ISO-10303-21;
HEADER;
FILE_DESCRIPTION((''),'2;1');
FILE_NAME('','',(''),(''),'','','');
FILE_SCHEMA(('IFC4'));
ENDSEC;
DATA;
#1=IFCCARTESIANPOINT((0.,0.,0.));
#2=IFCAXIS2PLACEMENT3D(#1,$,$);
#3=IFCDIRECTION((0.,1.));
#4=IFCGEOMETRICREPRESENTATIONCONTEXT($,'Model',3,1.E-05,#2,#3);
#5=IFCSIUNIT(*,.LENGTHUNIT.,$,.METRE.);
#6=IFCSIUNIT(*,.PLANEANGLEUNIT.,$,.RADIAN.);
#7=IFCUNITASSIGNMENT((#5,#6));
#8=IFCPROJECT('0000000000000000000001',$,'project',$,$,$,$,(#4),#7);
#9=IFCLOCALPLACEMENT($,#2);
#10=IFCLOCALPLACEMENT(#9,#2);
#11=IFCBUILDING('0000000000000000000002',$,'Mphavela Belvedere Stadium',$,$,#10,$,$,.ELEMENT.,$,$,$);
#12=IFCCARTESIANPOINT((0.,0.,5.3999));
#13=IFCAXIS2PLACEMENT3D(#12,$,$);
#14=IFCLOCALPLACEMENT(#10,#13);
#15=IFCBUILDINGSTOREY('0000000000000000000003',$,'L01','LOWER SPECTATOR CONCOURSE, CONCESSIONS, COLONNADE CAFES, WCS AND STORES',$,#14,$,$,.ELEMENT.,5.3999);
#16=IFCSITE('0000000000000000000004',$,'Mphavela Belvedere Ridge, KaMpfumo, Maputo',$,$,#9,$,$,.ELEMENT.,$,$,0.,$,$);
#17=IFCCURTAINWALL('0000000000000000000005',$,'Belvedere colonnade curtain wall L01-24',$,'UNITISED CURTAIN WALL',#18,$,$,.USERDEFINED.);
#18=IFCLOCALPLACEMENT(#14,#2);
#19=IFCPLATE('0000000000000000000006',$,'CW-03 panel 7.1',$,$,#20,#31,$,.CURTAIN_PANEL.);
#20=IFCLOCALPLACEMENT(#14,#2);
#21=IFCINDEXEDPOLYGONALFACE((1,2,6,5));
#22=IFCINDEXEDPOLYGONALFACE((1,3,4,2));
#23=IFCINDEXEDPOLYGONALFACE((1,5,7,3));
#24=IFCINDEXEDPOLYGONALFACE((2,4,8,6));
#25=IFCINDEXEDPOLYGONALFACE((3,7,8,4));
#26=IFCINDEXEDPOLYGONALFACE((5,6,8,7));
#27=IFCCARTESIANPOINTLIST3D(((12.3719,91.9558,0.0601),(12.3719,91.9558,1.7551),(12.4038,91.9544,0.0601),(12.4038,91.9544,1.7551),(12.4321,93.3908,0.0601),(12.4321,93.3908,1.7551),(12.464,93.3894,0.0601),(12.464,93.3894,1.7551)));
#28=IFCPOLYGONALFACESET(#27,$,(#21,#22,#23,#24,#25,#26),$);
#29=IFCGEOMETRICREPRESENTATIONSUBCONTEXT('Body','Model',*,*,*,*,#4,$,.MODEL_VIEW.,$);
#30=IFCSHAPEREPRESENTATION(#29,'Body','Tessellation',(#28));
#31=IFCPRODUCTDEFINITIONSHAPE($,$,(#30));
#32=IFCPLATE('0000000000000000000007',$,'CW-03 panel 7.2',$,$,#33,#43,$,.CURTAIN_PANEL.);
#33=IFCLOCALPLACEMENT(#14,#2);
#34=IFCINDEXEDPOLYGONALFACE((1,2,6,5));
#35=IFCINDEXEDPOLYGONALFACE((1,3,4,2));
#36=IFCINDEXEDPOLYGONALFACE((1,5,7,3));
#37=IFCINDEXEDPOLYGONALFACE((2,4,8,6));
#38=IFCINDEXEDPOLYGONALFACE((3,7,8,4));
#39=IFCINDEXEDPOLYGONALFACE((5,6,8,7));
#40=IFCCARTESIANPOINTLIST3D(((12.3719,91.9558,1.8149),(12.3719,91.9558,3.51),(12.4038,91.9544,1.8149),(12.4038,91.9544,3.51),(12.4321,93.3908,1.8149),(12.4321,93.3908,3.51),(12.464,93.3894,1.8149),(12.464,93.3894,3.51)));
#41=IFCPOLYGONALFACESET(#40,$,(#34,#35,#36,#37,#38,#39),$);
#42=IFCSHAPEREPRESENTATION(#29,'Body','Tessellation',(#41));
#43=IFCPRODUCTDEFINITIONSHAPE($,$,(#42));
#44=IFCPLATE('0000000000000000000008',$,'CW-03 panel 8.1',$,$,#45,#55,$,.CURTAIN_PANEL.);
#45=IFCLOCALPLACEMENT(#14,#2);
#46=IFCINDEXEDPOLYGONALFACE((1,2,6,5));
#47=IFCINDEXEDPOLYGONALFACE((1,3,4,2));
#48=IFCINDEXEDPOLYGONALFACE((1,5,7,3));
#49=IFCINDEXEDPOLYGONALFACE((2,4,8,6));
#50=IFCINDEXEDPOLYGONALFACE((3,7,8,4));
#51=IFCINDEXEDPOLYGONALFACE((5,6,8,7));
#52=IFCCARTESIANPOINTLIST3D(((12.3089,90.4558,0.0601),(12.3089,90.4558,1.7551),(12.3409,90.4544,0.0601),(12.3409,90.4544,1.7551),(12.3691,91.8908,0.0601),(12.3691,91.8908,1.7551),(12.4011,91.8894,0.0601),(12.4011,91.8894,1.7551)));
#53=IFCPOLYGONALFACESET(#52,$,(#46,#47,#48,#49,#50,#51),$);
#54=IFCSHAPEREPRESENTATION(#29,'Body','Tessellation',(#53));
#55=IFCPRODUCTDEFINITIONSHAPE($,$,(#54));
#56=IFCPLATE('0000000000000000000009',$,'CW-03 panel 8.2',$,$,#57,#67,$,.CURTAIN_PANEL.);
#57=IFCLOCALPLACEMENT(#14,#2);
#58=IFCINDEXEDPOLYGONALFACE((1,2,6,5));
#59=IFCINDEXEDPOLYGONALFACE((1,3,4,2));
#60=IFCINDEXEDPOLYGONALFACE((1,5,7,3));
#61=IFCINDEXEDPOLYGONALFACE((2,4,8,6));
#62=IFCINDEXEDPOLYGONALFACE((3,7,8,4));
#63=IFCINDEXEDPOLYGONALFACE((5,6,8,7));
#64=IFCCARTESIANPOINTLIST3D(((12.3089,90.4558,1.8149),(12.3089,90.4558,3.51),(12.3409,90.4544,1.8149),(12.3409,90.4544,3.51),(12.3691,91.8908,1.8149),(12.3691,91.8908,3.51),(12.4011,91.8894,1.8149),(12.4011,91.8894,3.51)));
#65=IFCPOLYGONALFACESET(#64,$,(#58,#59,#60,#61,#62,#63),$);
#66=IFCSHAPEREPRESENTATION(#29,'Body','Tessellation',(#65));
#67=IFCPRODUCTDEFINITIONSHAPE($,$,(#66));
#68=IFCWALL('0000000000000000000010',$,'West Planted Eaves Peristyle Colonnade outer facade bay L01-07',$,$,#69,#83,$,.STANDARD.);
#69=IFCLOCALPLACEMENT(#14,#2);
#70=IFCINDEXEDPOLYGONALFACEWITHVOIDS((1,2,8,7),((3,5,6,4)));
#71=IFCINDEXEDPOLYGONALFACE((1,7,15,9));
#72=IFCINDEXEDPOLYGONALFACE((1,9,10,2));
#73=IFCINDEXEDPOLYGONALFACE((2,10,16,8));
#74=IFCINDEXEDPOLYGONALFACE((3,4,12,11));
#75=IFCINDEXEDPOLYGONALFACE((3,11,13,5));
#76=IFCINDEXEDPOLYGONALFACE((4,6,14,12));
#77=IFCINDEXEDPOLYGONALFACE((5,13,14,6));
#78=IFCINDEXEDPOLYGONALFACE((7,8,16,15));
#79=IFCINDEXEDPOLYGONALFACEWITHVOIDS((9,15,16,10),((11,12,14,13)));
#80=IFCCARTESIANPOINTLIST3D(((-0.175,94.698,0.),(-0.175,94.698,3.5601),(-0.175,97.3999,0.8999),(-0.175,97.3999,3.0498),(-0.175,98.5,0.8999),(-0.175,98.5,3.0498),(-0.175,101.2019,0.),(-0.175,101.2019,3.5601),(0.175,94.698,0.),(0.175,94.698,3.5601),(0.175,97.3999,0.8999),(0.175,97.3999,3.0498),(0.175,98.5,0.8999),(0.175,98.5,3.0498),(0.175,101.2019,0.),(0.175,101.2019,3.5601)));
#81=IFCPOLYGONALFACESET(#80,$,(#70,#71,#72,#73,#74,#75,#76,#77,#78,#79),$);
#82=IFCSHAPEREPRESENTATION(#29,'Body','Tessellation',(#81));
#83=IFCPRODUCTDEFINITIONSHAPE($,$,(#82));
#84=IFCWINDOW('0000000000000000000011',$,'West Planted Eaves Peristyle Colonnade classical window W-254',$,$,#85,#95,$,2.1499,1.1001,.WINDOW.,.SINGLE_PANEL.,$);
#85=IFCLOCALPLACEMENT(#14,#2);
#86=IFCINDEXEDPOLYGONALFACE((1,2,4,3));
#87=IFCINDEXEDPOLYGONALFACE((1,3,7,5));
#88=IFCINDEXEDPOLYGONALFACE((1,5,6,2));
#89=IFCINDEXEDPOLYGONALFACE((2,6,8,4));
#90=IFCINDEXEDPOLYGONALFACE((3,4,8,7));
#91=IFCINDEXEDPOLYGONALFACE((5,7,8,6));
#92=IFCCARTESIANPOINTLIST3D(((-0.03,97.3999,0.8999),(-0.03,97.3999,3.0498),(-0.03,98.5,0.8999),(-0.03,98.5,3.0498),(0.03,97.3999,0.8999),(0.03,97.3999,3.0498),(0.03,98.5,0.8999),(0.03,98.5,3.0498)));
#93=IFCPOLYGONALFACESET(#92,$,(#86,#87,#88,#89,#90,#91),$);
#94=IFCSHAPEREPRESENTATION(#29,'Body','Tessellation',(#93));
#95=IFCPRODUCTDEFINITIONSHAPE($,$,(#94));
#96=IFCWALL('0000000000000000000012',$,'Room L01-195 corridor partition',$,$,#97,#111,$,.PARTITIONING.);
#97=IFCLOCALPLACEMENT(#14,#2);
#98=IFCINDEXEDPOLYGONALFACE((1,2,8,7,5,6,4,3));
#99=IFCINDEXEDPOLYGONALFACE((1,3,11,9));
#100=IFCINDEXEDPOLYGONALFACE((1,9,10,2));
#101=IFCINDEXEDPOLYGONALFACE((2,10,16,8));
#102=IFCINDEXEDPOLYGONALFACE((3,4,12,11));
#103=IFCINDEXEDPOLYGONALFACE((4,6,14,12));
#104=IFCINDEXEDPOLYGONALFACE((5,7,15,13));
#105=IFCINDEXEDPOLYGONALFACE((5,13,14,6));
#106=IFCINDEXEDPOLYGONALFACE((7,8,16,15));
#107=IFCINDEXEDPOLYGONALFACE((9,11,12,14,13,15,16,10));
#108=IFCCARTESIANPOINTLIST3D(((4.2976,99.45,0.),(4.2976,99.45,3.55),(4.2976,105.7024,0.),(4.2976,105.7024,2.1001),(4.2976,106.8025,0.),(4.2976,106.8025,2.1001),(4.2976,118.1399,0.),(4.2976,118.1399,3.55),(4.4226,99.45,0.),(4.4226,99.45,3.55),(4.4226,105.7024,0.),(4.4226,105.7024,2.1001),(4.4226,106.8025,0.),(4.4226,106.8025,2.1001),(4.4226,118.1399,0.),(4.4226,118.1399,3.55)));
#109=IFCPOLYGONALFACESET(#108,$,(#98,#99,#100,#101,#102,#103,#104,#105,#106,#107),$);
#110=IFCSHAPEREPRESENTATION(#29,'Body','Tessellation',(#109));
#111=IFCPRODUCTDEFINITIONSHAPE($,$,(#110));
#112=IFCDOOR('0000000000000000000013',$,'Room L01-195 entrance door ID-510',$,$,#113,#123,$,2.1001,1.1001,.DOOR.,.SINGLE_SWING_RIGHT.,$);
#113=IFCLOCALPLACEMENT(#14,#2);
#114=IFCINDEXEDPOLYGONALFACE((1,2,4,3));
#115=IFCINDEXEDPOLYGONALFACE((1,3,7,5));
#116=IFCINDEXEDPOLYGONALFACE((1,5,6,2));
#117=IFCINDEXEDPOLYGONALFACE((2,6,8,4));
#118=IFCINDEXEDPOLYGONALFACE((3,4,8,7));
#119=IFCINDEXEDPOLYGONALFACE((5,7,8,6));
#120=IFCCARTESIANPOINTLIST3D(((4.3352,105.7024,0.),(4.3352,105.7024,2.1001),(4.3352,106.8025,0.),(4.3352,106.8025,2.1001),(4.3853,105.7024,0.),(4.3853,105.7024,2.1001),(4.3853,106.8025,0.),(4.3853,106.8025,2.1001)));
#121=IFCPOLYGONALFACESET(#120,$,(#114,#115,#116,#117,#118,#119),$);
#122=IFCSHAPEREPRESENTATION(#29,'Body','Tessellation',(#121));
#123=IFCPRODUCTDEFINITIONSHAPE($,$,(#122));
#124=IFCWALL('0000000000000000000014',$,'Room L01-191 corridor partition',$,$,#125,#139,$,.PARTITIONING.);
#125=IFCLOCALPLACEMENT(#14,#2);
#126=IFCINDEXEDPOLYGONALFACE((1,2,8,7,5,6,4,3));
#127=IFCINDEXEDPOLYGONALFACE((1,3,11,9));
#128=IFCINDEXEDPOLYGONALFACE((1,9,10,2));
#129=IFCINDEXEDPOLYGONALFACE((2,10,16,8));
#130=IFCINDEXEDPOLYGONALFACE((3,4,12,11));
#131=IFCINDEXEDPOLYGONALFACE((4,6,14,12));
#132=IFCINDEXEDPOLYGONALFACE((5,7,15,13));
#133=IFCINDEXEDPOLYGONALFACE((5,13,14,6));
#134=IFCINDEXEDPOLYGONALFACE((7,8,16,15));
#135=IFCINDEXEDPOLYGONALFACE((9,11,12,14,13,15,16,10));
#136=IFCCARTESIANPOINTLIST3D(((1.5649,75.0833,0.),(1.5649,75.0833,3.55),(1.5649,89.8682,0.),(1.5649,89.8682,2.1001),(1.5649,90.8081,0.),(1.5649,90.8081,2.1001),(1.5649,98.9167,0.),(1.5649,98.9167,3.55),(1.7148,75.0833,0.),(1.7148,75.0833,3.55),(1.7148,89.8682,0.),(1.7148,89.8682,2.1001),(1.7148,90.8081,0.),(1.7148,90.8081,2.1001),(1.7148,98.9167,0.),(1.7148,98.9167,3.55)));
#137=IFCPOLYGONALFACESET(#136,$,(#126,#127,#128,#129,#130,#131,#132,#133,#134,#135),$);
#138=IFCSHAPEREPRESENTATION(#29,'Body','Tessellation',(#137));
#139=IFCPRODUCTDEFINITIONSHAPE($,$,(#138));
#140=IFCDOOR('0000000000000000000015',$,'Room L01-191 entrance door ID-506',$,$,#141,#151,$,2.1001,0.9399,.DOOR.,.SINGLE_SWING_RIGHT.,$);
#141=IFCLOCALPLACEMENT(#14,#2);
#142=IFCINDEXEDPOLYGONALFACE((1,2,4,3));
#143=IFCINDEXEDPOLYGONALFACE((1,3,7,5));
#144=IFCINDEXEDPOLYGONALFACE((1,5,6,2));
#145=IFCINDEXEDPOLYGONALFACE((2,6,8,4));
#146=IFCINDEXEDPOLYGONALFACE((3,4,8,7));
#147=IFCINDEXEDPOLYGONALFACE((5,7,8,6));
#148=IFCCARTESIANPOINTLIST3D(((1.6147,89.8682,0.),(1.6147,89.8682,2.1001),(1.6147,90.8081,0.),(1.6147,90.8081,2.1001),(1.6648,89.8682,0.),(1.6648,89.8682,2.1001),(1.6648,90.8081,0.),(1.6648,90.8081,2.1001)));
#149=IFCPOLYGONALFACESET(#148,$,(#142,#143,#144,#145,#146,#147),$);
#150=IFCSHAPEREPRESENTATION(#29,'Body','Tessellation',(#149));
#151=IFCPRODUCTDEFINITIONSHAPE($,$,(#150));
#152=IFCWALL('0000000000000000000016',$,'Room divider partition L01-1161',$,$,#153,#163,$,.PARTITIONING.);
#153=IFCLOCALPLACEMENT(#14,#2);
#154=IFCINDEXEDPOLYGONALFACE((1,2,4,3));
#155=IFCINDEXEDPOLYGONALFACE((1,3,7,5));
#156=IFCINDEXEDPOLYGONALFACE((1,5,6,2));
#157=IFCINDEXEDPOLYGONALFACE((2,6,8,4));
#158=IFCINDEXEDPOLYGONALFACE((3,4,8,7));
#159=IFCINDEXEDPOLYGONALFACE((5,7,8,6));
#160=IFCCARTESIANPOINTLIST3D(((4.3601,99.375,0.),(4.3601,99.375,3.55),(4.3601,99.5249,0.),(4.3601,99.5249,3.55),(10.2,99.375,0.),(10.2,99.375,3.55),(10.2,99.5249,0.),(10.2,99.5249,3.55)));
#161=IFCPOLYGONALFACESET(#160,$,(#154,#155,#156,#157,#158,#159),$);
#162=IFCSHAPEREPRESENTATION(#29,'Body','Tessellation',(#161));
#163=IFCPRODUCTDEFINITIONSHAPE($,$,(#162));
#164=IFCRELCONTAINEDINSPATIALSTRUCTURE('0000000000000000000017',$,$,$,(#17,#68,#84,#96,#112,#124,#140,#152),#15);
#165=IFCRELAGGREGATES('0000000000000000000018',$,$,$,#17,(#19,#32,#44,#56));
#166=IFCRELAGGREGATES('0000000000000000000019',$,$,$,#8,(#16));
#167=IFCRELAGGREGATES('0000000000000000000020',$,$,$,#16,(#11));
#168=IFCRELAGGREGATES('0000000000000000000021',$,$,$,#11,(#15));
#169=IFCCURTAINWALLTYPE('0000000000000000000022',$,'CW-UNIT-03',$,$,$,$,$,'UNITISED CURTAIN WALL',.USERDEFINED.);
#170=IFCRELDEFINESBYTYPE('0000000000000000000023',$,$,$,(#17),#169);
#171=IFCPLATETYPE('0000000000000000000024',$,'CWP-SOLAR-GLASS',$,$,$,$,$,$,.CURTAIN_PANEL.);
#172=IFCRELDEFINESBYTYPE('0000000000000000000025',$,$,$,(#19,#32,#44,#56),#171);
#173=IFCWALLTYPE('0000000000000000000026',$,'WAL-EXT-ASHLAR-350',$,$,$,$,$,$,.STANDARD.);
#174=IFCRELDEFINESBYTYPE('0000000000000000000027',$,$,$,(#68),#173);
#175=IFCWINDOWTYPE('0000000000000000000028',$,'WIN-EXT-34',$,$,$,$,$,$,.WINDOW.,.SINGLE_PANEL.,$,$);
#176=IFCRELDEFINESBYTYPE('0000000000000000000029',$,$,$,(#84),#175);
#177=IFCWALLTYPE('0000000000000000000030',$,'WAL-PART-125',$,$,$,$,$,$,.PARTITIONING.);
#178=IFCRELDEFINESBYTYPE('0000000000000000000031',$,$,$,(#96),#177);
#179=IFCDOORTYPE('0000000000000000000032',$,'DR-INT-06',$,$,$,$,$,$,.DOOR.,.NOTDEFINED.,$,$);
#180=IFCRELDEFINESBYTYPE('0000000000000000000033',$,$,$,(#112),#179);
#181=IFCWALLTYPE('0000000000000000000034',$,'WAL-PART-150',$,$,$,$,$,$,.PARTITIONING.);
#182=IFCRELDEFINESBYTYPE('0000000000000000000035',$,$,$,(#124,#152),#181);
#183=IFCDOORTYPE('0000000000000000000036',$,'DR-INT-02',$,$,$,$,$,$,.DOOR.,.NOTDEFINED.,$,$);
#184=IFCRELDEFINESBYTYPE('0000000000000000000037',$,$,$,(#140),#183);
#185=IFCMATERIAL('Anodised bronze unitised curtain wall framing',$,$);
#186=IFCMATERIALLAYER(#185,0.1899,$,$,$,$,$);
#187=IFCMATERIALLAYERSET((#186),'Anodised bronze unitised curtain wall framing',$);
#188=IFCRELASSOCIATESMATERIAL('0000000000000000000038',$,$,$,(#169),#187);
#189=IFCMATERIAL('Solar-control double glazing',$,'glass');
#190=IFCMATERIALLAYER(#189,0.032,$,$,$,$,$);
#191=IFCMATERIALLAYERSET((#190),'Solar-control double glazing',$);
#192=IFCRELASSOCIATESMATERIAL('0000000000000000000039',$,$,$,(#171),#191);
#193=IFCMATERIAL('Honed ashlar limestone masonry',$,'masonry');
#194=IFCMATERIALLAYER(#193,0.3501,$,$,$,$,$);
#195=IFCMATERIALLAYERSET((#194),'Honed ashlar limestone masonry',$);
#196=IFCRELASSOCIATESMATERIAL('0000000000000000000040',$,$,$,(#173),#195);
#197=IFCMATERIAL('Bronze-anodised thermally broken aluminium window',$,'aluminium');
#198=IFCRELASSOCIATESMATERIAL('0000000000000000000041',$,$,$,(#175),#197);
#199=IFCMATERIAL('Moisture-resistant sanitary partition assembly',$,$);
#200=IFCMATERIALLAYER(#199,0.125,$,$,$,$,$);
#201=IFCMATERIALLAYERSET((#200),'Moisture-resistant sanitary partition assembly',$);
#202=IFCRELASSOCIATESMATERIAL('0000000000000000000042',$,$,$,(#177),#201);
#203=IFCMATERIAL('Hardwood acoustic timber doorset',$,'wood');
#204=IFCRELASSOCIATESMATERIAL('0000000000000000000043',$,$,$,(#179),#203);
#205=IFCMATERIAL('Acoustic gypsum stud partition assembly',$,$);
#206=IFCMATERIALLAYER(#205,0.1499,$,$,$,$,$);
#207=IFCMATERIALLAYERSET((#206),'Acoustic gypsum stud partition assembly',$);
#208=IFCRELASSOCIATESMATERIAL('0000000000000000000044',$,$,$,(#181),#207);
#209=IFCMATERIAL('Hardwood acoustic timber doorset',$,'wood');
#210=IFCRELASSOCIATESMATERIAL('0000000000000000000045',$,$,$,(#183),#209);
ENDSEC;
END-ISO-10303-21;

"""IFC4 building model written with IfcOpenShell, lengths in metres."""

from ifc_helpers import new_model, si_unit, direction, frame, frame_2d, origin, origin_2d, place, context, subcontext, project, spatial, rectangle, extrude, material, layer, layer_set, type_object, element, fill, aggregate, save


model = new_model("IFC4")

# Units and contexts
model_context = context("Model", 3, precision=1e-05, world=origin(), true_north=direction((0.0, 1.0)))
body_context = subcontext(model_context, "Body", "Model", "MODEL_VIEW")
ifc_project = project(units=[si_unit("LENGTHUNIT", "METRE"), si_unit("PLANEANGLEUNIT", "RADIAN")], contexts=[model_context])

# Site, building, storey
site_placement = place(None, origin())
site = spatial("IfcSite", under=ifc_project, at=site_placement, Name="Mphavela Belvedere Ridge, KaMpfumo, Maputo", CompositionType="ELEMENT", RefElevation=0.0)
building_placement = place(site_placement, origin())
building = spatial("IfcBuilding", under=site, at=building_placement, Name="Mphavela Belvedere Stadium", CompositionType="ELEMENT")
storey_placement = place(building_placement, frame((0.0, 0.0, 5.3999)))
storey = spatial("IfcBuildingStorey", under=building, at=storey_placement, Name="L01", Description="LOWER SPECTATOR CONCOURSE, CONCESSIONS, COLONNADE CAFES, WCS AND STORES", CompositionType="ELEMENT", Elevation=5.3999)

# Curtain wall, plates
ifc_material_1 = material(Name="Anodised bronze unitised curtain wall framing")
ifc_layer_1 = layer(ifc_material_1, 0.1899)
ifc_layer_set_1 = layer_set([ifc_layer_1], Name="Anodised bronze unitised curtain wall framing")
curtain_wall_type = type_object("IfcCurtainWallType", Name="CW-UNIT-03", ElementType="UNITISED CURTAIN WALL", PredefinedType="USERDEFINED", material=ifc_layer_set_1)
curtain_wall_placement = place(storey_placement, origin())
curtain_wall = element("IfcCurtainWall", 1, at=curtain_wall_placement, inside=storey, type_object=curtain_wall_type, Name="Belvedere colonnade curtain wall L01-24", ObjectType="UNITISED CURTAIN WALL", PredefinedType="USERDEFINED")
ifc_material_2 = material(Name="Solar-control double glazing", Category="glass")
ifc_layer_2 = layer(ifc_material_2, 0.032)
ifc_layer_set_2 = layer_set([ifc_layer_2], Name="Solar-control double glazing")
plate_type = type_object("IfcPlateType", Name="CWP-SOLAR-GLASS", PredefinedType="CURTAIN_PANEL", material=ifc_layer_set_2)
plate_1_placement = place(storey_placement, frame((12.418, 92.6726, 0.0601), z_axis=(0.0, 0.0, 1.0), x_axis=(-0.04191, -0.999121, 0.0)))
plate_1 = element("IfcPlate", 2, at=plate_1_placement, type_object=plate_type, Name="CW-03 panel 7.1", PredefinedType="CURTAIN_PANEL", context=body_context, shape_type="SweptSolid", body=[
    extrude(rectangle(XDim=1.4363, YDim=0.032, at=origin_2d()), origin(), (0.0, 0.0, 1.0), 1.6951),
])
plate_2_placement = place(storey_placement, frame((12.418, 92.6726, 1.8149), z_axis=(0.0, 0.0, 1.0), x_axis=(-0.04191, -0.999121, 0.0)))
plate_2 = element("IfcPlate", 3, at=plate_2_placement, type_object=plate_type, Name="CW-03 panel 7.2", PredefinedType="CURTAIN_PANEL", context=body_context, shape_type="SweptSolid", body=[
    extrude(rectangle(XDim=1.4363, YDim=0.032, at=origin_2d()), origin(), (0.0, 0.0, 1.0), 1.6951),
])
plate_3_placement = place(storey_placement, frame((12.355, 91.1726, 0.0601), z_axis=(0.0, 0.0, 1.0), x_axis=(-0.04191, -0.999121, 0.0)))
plate_3 = element("IfcPlate", 4, at=plate_3_placement, type_object=plate_type, Name="CW-03 panel 8.1", PredefinedType="CURTAIN_PANEL", context=body_context, shape_type="SweptSolid", body=[
    extrude(rectangle(XDim=1.4363, YDim=0.032, at=origin_2d()), origin(), (0.0, 0.0, 1.0), 1.6951),
])
plate_4_placement = place(storey_placement, frame((12.355, 91.1726, 1.8149), z_axis=(0.0, 0.0, 1.0), x_axis=(-0.04191, -0.999121, 0.0)))
plate_4 = element("IfcPlate", 5, at=plate_4_placement, type_object=plate_type, Name="CW-03 panel 8.2", PredefinedType="CURTAIN_PANEL", context=body_context, shape_type="SweptSolid", body=[
    extrude(rectangle(XDim=1.4363, YDim=0.032, at=origin_2d()), origin(), (0.0, 0.0, 1.0), 1.6951),
])
aggregate(curtain_wall, [plate_1, plate_2, plate_3, plate_4])

# Wall, opening, window
ifc_material_3 = material(Name="Honed ashlar limestone masonry", Category="masonry")
ifc_layer_3 = layer(ifc_material_3, 0.3501)
ifc_layer_set_3 = layer_set([ifc_layer_3], Name="Honed ashlar limestone masonry")
wall_type_1 = type_object("IfcWallType", Name="WAL-EXT-ASHLAR-350", PredefinedType="STANDARD", material=ifc_layer_set_3)
wall_1_placement = place(storey_placement, frame((0.0, 94.698, 0.0), z_axis=(0.0, 0.0, 1.0), x_axis=(0.0, 1.0, 0.0)))
wall_1 = element("IfcWall", 6, at=wall_1_placement, inside=storey, type_object=wall_type_1, Name="West Planted Eaves Peristyle Colonnade outer facade bay L01-07", PredefinedType="STANDARD", context=body_context, shape_type="SweptSolid", body=[
    extrude(rectangle(XDim=6.5039, YDim=0.3501, at=frame_2d((3.252, 0.0))), origin(), (0.0, 0.0, 1.0), 3.5601),
])
opening_1_placement = place(wall_1_placement, frame((2.7019, 0.0, 0.8999)))
opening_1 = element("IfcOpeningElement", 7, at=opening_1_placement, cuts=wall_1, PredefinedType="OPENING", context=body_context, shape_type="SweptSolid", body=[
    extrude(rectangle(XDim=1.1001, YDim=2.1499, at=frame_2d((0.55, 1.075))), frame((0.0, 0.1851, 0.0), z_axis=(0.0, -1.0, 0.0), x_axis=(1.0, 0.0, 0.0)), (0.0, 0.0, 1.0), 0.3701),
])
ifc_material_4 = material(Name="Bronze-anodised thermally broken aluminium window", Category="aluminium")
window_type = type_object("IfcWindowType", Name="WIN-EXT-34", PartitioningType="SINGLE_PANEL", PredefinedType="WINDOW", material=ifc_material_4)
window_placement = place(opening_1_placement, origin())
window = element("IfcWindow", 8, at=window_placement, inside=storey, type_object=window_type, Name="West Planted Eaves Peristyle Colonnade classical window W-254", OverallHeight=2.1499, OverallWidth=1.1001, PartitioningType="SINGLE_PANEL", PredefinedType="WINDOW", context=body_context, shape_type="SweptSolid", body=[
    extrude(rectangle(XDim=1.1001, YDim=2.1499, at=frame_2d((0.55, 1.075))), frame((0.0, 0.03, 0.0), z_axis=(0.0, -1.0, 0.0), x_axis=(1.0, 0.0, 0.0)), (0.0, 0.0, 1.0), 0.0601),
])
fill(opening_1, window)

# Walls, openings, doors
ifc_material_5 = material(Name="Moisture-resistant sanitary partition assembly")
ifc_layer_4 = layer(ifc_material_5, 0.125)
ifc_layer_set_4 = layer_set([ifc_layer_4], Name="Moisture-resistant sanitary partition assembly")
wall_type_2 = type_object("IfcWallType", Name="WAL-PART-125", PredefinedType="PARTITIONING", material=ifc_layer_set_4)
wall_2_placement = place(storey_placement, frame((4.3601, 99.45, 0.0), z_axis=(0.0, 0.0, 1.0), x_axis=(0.0, 1.0, 0.0)))
wall_2 = element("IfcWall", 9, at=wall_2_placement, inside=storey, type_object=wall_type_2, Name="Room L01-195 corridor partition", PredefinedType="PARTITIONING", context=body_context, shape_type="SweptSolid", body=[
    extrude(rectangle(XDim=18.6899, YDim=0.125, at=frame_2d((9.345, 0.0))), origin(), (0.0, 0.0, 1.0), 3.55),
])
opening_2_placement = place(wall_2_placement, frame((6.2524, 0.0, 0.0)))
opening_2 = element("IfcOpeningElement", 10, at=opening_2_placement, cuts=wall_2, PredefinedType="OPENING", context=body_context, shape_type="SweptSolid", body=[
    extrude(rectangle(XDim=1.1001, YDim=2.1001, at=frame_2d((0.55, 1.05))), frame((0.0, 0.0725, 0.0), z_axis=(0.0, -1.0, 0.0), x_axis=(1.0, 0.0, 0.0)), (0.0, 0.0, 1.0), 0.145),
])
ifc_material_6 = material(Name="Hardwood acoustic timber doorset", Category="wood")
door_type_1 = type_object("IfcDoorType", Name="DR-INT-06", OperationType="NOTDEFINED", PredefinedType="DOOR", material=ifc_material_6)
door_1_placement = place(opening_2_placement, origin())
door_1 = element("IfcDoor", 11, at=door_1_placement, inside=storey, type_object=door_type_1, Name="Room L01-195 entrance door ID-510", OperationType="SINGLE_SWING_RIGHT", OverallHeight=2.1001, OverallWidth=1.1001, PredefinedType="DOOR", context=body_context, shape_type="SweptSolid", body=[
    extrude(rectangle(XDim=1.1001, YDim=2.1001, at=frame_2d((0.55, 1.05))), frame((0.0, 0.0249, 0.0), z_axis=(0.0, -1.0, 0.0), x_axis=(1.0, 0.0, 0.0)), (0.0, 0.0, 1.0), 0.05),
])
fill(opening_2, door_1)
ifc_material_7 = material(Name="Acoustic gypsum stud partition assembly")
ifc_layer_5 = layer(ifc_material_7, 0.1499)
ifc_layer_set_5 = layer_set([ifc_layer_5], Name="Acoustic gypsum stud partition assembly")
wall_type_3 = type_object("IfcWallType", Name="WAL-PART-150", PredefinedType="PARTITIONING", material=ifc_layer_set_5)
wall_3_placement = place(storey_placement, frame((1.6399, 98.9167, 0.0), z_axis=(0.0, 0.0, 1.0), x_axis=(0.0, -1.0, 0.0)))
wall_3 = element("IfcWall", 12, at=wall_3_placement, inside=storey, type_object=wall_type_3, Name="Room L01-191 corridor partition", PredefinedType="PARTITIONING", context=body_context, shape_type="SweptSolid", body=[
    extrude(rectangle(XDim=23.8335, YDim=0.1499, at=frame_2d((11.9167, 0.0))), origin(), (0.0, 0.0, 1.0), 3.55),
])
opening_3_placement = place(wall_3_placement, frame((8.1086, 0.0, 0.0)))
opening_3 = element("IfcOpeningElement", 13, at=opening_3_placement, cuts=wall_3, PredefinedType="OPENING", context=body_context, shape_type="SweptSolid", body=[
    extrude(rectangle(XDim=0.9399, YDim=2.1001, at=frame_2d((0.47, 1.05))), frame((0.0, 0.085, 0.0), z_axis=(0.0, -1.0, 0.0), x_axis=(1.0, 0.0, 0.0)), (0.0, 0.0, 1.0), 0.1699),
])
ifc_material_8 = material(Name="Hardwood acoustic timber doorset", Category="wood")
door_type_2 = type_object("IfcDoorType", Name="DR-INT-02", OperationType="NOTDEFINED", PredefinedType="DOOR", material=ifc_material_8)
door_2_placement = place(opening_3_placement, origin())
door_2 = element("IfcDoor", 14, at=door_2_placement, inside=storey, type_object=door_type_2, Name="Room L01-191 entrance door ID-506", OperationType="SINGLE_SWING_RIGHT", OverallHeight=2.1001, OverallWidth=0.9399, PredefinedType="DOOR", context=body_context, shape_type="SweptSolid", body=[
    extrude(rectangle(XDim=0.9399, YDim=2.1001, at=frame_2d((0.47, 1.05))), frame((0.0, 0.0249, 0.0), z_axis=(0.0, -1.0, 0.0), x_axis=(1.0, 0.0, 0.0)), (0.0, 0.0, 1.0), 0.05),
])
fill(opening_3, door_2)

# Wall
wall_4_placement = place(storey_placement, frame((10.2, 99.45, 0.0), z_axis=(0.0, 0.0, 1.0), x_axis=(-1.0, 0.0, 0.0)))
element("IfcWall", 15, at=wall_4_placement, inside=storey, type_object=wall_type_3, Name="Room divider partition L01-1161", PredefinedType="PARTITIONING", context=body_context, shape_type="SweptSolid", body=[
    extrude(rectangle(XDim=5.8398, YDim=0.1499, at=frame_2d((2.9199, 0.0))), origin(), (0.0, 0.0, 1.0), 3.55),
])

save(model, "model.ifc")
